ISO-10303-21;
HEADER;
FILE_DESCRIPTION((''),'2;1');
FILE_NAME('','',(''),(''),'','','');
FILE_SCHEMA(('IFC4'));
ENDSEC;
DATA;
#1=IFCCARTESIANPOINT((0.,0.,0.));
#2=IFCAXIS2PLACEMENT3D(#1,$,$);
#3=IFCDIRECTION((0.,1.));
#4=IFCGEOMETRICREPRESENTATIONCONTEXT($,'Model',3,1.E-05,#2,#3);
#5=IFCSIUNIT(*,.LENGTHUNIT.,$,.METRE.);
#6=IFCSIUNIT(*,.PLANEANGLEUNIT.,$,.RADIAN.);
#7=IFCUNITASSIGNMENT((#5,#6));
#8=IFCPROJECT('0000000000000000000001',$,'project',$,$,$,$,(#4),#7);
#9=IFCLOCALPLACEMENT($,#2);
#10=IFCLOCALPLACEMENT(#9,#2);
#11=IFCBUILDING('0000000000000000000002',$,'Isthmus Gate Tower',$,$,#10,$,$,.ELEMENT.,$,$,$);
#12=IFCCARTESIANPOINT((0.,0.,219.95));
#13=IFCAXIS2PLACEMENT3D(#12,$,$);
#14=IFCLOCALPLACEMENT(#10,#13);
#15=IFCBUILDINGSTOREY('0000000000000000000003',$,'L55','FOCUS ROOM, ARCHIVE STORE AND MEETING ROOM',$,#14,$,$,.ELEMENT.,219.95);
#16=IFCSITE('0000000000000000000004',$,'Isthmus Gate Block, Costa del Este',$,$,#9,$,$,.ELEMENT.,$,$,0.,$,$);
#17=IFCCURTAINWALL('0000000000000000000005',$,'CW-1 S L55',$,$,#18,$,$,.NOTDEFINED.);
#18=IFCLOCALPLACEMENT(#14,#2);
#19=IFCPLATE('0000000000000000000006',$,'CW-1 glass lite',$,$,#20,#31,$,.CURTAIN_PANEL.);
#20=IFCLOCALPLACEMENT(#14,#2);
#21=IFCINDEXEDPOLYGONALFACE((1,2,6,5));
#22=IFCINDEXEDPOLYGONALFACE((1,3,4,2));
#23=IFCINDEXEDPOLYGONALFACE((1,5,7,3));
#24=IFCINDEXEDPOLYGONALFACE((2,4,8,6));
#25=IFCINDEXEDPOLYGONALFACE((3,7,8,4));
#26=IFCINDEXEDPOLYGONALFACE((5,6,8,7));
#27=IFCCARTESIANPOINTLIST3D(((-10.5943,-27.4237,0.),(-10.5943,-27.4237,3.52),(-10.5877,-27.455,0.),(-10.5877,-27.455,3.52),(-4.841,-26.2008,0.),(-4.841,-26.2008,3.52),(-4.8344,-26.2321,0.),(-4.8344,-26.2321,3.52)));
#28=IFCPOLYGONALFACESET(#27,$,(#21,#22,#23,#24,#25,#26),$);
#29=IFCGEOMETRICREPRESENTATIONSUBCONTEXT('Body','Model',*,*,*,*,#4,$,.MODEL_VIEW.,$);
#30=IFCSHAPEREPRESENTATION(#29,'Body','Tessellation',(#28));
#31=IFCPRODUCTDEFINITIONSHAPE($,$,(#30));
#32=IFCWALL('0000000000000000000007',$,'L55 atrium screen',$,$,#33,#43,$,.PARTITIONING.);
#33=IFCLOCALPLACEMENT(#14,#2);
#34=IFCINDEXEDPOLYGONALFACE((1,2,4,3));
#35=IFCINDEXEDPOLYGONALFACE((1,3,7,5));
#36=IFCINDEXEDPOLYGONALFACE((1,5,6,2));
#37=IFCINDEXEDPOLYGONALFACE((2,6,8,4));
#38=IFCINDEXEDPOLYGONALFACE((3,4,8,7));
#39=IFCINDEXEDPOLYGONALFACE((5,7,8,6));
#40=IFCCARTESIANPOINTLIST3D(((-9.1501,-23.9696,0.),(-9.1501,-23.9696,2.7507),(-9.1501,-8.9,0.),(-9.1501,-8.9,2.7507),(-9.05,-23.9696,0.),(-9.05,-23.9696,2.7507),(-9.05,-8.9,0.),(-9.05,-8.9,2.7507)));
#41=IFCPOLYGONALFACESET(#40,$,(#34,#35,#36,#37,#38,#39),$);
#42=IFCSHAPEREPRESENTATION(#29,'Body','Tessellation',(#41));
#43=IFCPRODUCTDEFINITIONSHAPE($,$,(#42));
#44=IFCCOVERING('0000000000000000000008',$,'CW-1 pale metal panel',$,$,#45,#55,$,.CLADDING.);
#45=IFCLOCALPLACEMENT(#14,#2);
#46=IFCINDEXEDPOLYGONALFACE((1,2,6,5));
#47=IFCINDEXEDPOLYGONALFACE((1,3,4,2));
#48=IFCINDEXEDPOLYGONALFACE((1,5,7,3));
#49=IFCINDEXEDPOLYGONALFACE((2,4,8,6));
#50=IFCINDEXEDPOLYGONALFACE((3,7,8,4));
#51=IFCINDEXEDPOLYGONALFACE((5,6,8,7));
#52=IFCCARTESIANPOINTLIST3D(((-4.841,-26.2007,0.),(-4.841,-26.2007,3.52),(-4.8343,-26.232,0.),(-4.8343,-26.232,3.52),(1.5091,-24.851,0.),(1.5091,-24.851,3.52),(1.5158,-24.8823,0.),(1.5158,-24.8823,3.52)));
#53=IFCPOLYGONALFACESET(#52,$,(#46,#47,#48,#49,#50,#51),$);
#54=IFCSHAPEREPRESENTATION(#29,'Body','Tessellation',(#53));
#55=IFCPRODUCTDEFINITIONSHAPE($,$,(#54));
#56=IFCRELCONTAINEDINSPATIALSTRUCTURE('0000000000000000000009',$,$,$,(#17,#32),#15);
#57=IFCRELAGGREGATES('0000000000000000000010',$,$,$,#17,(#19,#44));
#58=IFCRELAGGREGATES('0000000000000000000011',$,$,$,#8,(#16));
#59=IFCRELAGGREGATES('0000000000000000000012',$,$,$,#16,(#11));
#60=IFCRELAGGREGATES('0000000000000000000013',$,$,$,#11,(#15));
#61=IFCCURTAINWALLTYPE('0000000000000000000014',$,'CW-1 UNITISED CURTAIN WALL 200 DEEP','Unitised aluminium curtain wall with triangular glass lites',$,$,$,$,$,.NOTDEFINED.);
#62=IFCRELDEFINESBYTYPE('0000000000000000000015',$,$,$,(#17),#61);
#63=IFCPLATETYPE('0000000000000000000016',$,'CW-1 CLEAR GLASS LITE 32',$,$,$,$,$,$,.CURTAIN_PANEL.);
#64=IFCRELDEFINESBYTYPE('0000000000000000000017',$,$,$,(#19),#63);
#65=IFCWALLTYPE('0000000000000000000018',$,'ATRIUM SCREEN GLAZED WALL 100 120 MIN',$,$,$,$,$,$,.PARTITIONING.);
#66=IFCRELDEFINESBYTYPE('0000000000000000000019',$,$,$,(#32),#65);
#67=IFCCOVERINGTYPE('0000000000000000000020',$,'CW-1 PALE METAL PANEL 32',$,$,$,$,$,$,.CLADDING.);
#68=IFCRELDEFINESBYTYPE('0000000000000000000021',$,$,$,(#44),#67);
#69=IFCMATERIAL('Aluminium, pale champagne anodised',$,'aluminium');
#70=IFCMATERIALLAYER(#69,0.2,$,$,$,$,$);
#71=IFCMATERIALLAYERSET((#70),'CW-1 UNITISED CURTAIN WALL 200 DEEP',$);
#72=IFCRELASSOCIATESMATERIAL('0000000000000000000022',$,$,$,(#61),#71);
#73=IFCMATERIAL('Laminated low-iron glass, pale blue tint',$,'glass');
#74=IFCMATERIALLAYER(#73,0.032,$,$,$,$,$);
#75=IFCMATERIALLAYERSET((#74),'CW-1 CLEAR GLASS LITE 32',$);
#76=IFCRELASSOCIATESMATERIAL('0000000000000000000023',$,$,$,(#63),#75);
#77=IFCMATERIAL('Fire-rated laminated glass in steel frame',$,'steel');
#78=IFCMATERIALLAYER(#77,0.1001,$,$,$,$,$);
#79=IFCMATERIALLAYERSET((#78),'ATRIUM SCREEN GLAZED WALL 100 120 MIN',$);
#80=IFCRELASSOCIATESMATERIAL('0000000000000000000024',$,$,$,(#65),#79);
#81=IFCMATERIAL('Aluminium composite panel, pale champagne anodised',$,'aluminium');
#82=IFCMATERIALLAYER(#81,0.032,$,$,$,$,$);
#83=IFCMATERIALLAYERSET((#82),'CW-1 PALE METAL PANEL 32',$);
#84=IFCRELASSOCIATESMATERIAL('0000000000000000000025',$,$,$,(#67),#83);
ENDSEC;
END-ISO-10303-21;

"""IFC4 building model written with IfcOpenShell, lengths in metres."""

from ifc_helpers import new_model, si_unit, direction, frame, frame_2d, origin, origin_2d, place, context, subcontext, project, spatial, rectangle, extrude, material, layer, layer_set, type_object, element, aggregate, save


model = new_model("IFC4")

# Units and contexts
model_context = context("Model", 3, precision=1e-05, world=origin(), true_north=direction((0.0, 1.0)))
body_context = subcontext(model_context, "Body", "Model", "MODEL_VIEW")
ifc_project = project(units=[si_unit("LENGTHUNIT", "METRE"), si_unit("PLANEANGLEUNIT", "RADIAN")], contexts=[model_context])

# Site, building, storey
site_placement = place(None, origin())
site = spatial("IfcSite", under=ifc_project, at=site_placement, Name="Isthmus Gate Block, Costa del Este", CompositionType="ELEMENT", RefElevation=0.0)
building_placement = place(site_placement, origin())
building = spatial("IfcBuilding", under=site, at=building_placement, Name="Isthmus Gate Tower", CompositionType="ELEMENT")
storey_placement = place(building_placement, frame((0.0, 0.0, 219.95)))
storey = spatial("IfcBuildingStorey", under=building, at=storey_placement, Name="L55", Description="FOCUS ROOM, ARCHIVE STORE AND MEETING ROOM", CompositionType="ELEMENT", Elevation=219.95)

# Curtain wall
ifc_material_1 = material(Name="Aluminium, pale champagne anodised", Category="aluminium")
ifc_layer_1 = layer(ifc_material_1, 0.2)
ifc_layer_set_1 = layer_set([ifc_layer_1], Name="CW-1 UNITISED CURTAIN WALL 200 DEEP")
curtain_wall_type = type_object("IfcCurtainWallType", Name="CW-1 UNITISED CURTAIN WALL 200 DEEP", Description="Unitised aluminium curtain wall with triangular glass lites", PredefinedType="NOTDEFINED", material=ifc_layer_set_1)
curtain_wall_1_placement = place(storey_placement, origin())
curtain_wall_1 = element("IfcCurtainWall", 1, at=curtain_wall_1_placement, inside=storey, type_object=curtain_wall_type, Name="CW-1 S L55", PredefinedType="NOTDEFINED")

# Shared definitions
ifc_material_2 = material(Name="Laminated low-iron glass, pale blue tint", Category="glass")
ifc_layer_2 = layer(ifc_material_2, 0.032)
ifc_layer_set_2 = layer_set([ifc_layer_2], Name="CW-1 CLEAR GLASS LITE 32")
plate_type = type_object("IfcPlateType", Name="CW-1 CLEAR GLASS LITE 32", PredefinedType="CURTAIN_PANEL", material=ifc_layer_set_2)

# Plate
plate_1_placement = place(storey_placement, frame((-7.7144, -26.8279, 0.0), z_axis=(0.0, 0.0, 1.0), x_axis=(0.978148, 0.207912, 0.0)))
plate_1 = element("IfcPlate", 2, at=plate_1_placement, type_object=plate_type, Name="CW-1 glass lite", PredefinedType="CURTAIN_PANEL", context=body_context, shape_type="SweptSolid", body=[
    extrude(rectangle(XDim=5.8818, YDim=0.032, at=origin_2d()), origin(), (0.0, 0.0, 1.0), 3.52),
])

# Wall
ifc_material_3 = material(Name="Fire-rated laminated glass in steel frame", Category="steel")
ifc_layer_3 = layer(ifc_material_3, 0.1001)
ifc_layer_set_3 = layer_set([ifc_layer_3], Name="ATRIUM SCREEN GLAZED WALL 100 120 MIN")
wall_type = type_object("IfcWallType", Name="ATRIUM SCREEN GLAZED WALL 100 120 MIN", PredefinedType="PARTITIONING", material=ifc_layer_set_3)
wall_placement = place(storey_placement, frame((-9.1001, -23.9695, 0.0), z_axis=(0.0, 0.0, 1.0), x_axis=(0.0, 1.0, 0.0)))
element("IfcWall", 3, at=wall_placement, inside=storey, type_object=wall_type, Name="L55 atrium screen", PredefinedType="PARTITIONING", context=body_context, shape_type="SweptSolid", body=[
    extrude(rectangle(XDim=15.0696, YDim=0.1001, at=frame_2d((7.5347, 0.0))), origin(), (0.0, 0.0, 1.0), 2.7507),
])

# Covering
ifc_material_4 = material(Name="Aluminium composite panel, pale champagne anodised", Category="aluminium")
ifc_layer_4 = layer(ifc_material_4, 0.032)
ifc_layer_set_4 = layer_set([ifc_layer_4], Name="CW-1 PALE METAL PANEL 32")
covering_type = type_object("IfcCoveringType", Name="CW-1 PALE METAL PANEL 32", PredefinedType="CLADDING", material=ifc_layer_set_4)
covering_placement = place(storey_placement, frame((-1.6626, -25.5415, 0.0), z_axis=(0.0, 0.0, 1.0), x_axis=(0.978148, 0.207912, 0.0)))
covering = element("IfcCovering", 4, at=covering_placement, type_object=covering_type, Name="CW-1 pale metal panel", PredefinedType="CLADDING", context=body_context, shape_type="SweptSolid", body=[
    extrude(rectangle(XDim=6.4919, YDim=0.032, at=origin_2d()), origin(), (0.0, 0.0, 1.0), 3.52),
])
aggregate(curtain_wall_1, [plate_1, covering])

save(model, "model.ifc")
